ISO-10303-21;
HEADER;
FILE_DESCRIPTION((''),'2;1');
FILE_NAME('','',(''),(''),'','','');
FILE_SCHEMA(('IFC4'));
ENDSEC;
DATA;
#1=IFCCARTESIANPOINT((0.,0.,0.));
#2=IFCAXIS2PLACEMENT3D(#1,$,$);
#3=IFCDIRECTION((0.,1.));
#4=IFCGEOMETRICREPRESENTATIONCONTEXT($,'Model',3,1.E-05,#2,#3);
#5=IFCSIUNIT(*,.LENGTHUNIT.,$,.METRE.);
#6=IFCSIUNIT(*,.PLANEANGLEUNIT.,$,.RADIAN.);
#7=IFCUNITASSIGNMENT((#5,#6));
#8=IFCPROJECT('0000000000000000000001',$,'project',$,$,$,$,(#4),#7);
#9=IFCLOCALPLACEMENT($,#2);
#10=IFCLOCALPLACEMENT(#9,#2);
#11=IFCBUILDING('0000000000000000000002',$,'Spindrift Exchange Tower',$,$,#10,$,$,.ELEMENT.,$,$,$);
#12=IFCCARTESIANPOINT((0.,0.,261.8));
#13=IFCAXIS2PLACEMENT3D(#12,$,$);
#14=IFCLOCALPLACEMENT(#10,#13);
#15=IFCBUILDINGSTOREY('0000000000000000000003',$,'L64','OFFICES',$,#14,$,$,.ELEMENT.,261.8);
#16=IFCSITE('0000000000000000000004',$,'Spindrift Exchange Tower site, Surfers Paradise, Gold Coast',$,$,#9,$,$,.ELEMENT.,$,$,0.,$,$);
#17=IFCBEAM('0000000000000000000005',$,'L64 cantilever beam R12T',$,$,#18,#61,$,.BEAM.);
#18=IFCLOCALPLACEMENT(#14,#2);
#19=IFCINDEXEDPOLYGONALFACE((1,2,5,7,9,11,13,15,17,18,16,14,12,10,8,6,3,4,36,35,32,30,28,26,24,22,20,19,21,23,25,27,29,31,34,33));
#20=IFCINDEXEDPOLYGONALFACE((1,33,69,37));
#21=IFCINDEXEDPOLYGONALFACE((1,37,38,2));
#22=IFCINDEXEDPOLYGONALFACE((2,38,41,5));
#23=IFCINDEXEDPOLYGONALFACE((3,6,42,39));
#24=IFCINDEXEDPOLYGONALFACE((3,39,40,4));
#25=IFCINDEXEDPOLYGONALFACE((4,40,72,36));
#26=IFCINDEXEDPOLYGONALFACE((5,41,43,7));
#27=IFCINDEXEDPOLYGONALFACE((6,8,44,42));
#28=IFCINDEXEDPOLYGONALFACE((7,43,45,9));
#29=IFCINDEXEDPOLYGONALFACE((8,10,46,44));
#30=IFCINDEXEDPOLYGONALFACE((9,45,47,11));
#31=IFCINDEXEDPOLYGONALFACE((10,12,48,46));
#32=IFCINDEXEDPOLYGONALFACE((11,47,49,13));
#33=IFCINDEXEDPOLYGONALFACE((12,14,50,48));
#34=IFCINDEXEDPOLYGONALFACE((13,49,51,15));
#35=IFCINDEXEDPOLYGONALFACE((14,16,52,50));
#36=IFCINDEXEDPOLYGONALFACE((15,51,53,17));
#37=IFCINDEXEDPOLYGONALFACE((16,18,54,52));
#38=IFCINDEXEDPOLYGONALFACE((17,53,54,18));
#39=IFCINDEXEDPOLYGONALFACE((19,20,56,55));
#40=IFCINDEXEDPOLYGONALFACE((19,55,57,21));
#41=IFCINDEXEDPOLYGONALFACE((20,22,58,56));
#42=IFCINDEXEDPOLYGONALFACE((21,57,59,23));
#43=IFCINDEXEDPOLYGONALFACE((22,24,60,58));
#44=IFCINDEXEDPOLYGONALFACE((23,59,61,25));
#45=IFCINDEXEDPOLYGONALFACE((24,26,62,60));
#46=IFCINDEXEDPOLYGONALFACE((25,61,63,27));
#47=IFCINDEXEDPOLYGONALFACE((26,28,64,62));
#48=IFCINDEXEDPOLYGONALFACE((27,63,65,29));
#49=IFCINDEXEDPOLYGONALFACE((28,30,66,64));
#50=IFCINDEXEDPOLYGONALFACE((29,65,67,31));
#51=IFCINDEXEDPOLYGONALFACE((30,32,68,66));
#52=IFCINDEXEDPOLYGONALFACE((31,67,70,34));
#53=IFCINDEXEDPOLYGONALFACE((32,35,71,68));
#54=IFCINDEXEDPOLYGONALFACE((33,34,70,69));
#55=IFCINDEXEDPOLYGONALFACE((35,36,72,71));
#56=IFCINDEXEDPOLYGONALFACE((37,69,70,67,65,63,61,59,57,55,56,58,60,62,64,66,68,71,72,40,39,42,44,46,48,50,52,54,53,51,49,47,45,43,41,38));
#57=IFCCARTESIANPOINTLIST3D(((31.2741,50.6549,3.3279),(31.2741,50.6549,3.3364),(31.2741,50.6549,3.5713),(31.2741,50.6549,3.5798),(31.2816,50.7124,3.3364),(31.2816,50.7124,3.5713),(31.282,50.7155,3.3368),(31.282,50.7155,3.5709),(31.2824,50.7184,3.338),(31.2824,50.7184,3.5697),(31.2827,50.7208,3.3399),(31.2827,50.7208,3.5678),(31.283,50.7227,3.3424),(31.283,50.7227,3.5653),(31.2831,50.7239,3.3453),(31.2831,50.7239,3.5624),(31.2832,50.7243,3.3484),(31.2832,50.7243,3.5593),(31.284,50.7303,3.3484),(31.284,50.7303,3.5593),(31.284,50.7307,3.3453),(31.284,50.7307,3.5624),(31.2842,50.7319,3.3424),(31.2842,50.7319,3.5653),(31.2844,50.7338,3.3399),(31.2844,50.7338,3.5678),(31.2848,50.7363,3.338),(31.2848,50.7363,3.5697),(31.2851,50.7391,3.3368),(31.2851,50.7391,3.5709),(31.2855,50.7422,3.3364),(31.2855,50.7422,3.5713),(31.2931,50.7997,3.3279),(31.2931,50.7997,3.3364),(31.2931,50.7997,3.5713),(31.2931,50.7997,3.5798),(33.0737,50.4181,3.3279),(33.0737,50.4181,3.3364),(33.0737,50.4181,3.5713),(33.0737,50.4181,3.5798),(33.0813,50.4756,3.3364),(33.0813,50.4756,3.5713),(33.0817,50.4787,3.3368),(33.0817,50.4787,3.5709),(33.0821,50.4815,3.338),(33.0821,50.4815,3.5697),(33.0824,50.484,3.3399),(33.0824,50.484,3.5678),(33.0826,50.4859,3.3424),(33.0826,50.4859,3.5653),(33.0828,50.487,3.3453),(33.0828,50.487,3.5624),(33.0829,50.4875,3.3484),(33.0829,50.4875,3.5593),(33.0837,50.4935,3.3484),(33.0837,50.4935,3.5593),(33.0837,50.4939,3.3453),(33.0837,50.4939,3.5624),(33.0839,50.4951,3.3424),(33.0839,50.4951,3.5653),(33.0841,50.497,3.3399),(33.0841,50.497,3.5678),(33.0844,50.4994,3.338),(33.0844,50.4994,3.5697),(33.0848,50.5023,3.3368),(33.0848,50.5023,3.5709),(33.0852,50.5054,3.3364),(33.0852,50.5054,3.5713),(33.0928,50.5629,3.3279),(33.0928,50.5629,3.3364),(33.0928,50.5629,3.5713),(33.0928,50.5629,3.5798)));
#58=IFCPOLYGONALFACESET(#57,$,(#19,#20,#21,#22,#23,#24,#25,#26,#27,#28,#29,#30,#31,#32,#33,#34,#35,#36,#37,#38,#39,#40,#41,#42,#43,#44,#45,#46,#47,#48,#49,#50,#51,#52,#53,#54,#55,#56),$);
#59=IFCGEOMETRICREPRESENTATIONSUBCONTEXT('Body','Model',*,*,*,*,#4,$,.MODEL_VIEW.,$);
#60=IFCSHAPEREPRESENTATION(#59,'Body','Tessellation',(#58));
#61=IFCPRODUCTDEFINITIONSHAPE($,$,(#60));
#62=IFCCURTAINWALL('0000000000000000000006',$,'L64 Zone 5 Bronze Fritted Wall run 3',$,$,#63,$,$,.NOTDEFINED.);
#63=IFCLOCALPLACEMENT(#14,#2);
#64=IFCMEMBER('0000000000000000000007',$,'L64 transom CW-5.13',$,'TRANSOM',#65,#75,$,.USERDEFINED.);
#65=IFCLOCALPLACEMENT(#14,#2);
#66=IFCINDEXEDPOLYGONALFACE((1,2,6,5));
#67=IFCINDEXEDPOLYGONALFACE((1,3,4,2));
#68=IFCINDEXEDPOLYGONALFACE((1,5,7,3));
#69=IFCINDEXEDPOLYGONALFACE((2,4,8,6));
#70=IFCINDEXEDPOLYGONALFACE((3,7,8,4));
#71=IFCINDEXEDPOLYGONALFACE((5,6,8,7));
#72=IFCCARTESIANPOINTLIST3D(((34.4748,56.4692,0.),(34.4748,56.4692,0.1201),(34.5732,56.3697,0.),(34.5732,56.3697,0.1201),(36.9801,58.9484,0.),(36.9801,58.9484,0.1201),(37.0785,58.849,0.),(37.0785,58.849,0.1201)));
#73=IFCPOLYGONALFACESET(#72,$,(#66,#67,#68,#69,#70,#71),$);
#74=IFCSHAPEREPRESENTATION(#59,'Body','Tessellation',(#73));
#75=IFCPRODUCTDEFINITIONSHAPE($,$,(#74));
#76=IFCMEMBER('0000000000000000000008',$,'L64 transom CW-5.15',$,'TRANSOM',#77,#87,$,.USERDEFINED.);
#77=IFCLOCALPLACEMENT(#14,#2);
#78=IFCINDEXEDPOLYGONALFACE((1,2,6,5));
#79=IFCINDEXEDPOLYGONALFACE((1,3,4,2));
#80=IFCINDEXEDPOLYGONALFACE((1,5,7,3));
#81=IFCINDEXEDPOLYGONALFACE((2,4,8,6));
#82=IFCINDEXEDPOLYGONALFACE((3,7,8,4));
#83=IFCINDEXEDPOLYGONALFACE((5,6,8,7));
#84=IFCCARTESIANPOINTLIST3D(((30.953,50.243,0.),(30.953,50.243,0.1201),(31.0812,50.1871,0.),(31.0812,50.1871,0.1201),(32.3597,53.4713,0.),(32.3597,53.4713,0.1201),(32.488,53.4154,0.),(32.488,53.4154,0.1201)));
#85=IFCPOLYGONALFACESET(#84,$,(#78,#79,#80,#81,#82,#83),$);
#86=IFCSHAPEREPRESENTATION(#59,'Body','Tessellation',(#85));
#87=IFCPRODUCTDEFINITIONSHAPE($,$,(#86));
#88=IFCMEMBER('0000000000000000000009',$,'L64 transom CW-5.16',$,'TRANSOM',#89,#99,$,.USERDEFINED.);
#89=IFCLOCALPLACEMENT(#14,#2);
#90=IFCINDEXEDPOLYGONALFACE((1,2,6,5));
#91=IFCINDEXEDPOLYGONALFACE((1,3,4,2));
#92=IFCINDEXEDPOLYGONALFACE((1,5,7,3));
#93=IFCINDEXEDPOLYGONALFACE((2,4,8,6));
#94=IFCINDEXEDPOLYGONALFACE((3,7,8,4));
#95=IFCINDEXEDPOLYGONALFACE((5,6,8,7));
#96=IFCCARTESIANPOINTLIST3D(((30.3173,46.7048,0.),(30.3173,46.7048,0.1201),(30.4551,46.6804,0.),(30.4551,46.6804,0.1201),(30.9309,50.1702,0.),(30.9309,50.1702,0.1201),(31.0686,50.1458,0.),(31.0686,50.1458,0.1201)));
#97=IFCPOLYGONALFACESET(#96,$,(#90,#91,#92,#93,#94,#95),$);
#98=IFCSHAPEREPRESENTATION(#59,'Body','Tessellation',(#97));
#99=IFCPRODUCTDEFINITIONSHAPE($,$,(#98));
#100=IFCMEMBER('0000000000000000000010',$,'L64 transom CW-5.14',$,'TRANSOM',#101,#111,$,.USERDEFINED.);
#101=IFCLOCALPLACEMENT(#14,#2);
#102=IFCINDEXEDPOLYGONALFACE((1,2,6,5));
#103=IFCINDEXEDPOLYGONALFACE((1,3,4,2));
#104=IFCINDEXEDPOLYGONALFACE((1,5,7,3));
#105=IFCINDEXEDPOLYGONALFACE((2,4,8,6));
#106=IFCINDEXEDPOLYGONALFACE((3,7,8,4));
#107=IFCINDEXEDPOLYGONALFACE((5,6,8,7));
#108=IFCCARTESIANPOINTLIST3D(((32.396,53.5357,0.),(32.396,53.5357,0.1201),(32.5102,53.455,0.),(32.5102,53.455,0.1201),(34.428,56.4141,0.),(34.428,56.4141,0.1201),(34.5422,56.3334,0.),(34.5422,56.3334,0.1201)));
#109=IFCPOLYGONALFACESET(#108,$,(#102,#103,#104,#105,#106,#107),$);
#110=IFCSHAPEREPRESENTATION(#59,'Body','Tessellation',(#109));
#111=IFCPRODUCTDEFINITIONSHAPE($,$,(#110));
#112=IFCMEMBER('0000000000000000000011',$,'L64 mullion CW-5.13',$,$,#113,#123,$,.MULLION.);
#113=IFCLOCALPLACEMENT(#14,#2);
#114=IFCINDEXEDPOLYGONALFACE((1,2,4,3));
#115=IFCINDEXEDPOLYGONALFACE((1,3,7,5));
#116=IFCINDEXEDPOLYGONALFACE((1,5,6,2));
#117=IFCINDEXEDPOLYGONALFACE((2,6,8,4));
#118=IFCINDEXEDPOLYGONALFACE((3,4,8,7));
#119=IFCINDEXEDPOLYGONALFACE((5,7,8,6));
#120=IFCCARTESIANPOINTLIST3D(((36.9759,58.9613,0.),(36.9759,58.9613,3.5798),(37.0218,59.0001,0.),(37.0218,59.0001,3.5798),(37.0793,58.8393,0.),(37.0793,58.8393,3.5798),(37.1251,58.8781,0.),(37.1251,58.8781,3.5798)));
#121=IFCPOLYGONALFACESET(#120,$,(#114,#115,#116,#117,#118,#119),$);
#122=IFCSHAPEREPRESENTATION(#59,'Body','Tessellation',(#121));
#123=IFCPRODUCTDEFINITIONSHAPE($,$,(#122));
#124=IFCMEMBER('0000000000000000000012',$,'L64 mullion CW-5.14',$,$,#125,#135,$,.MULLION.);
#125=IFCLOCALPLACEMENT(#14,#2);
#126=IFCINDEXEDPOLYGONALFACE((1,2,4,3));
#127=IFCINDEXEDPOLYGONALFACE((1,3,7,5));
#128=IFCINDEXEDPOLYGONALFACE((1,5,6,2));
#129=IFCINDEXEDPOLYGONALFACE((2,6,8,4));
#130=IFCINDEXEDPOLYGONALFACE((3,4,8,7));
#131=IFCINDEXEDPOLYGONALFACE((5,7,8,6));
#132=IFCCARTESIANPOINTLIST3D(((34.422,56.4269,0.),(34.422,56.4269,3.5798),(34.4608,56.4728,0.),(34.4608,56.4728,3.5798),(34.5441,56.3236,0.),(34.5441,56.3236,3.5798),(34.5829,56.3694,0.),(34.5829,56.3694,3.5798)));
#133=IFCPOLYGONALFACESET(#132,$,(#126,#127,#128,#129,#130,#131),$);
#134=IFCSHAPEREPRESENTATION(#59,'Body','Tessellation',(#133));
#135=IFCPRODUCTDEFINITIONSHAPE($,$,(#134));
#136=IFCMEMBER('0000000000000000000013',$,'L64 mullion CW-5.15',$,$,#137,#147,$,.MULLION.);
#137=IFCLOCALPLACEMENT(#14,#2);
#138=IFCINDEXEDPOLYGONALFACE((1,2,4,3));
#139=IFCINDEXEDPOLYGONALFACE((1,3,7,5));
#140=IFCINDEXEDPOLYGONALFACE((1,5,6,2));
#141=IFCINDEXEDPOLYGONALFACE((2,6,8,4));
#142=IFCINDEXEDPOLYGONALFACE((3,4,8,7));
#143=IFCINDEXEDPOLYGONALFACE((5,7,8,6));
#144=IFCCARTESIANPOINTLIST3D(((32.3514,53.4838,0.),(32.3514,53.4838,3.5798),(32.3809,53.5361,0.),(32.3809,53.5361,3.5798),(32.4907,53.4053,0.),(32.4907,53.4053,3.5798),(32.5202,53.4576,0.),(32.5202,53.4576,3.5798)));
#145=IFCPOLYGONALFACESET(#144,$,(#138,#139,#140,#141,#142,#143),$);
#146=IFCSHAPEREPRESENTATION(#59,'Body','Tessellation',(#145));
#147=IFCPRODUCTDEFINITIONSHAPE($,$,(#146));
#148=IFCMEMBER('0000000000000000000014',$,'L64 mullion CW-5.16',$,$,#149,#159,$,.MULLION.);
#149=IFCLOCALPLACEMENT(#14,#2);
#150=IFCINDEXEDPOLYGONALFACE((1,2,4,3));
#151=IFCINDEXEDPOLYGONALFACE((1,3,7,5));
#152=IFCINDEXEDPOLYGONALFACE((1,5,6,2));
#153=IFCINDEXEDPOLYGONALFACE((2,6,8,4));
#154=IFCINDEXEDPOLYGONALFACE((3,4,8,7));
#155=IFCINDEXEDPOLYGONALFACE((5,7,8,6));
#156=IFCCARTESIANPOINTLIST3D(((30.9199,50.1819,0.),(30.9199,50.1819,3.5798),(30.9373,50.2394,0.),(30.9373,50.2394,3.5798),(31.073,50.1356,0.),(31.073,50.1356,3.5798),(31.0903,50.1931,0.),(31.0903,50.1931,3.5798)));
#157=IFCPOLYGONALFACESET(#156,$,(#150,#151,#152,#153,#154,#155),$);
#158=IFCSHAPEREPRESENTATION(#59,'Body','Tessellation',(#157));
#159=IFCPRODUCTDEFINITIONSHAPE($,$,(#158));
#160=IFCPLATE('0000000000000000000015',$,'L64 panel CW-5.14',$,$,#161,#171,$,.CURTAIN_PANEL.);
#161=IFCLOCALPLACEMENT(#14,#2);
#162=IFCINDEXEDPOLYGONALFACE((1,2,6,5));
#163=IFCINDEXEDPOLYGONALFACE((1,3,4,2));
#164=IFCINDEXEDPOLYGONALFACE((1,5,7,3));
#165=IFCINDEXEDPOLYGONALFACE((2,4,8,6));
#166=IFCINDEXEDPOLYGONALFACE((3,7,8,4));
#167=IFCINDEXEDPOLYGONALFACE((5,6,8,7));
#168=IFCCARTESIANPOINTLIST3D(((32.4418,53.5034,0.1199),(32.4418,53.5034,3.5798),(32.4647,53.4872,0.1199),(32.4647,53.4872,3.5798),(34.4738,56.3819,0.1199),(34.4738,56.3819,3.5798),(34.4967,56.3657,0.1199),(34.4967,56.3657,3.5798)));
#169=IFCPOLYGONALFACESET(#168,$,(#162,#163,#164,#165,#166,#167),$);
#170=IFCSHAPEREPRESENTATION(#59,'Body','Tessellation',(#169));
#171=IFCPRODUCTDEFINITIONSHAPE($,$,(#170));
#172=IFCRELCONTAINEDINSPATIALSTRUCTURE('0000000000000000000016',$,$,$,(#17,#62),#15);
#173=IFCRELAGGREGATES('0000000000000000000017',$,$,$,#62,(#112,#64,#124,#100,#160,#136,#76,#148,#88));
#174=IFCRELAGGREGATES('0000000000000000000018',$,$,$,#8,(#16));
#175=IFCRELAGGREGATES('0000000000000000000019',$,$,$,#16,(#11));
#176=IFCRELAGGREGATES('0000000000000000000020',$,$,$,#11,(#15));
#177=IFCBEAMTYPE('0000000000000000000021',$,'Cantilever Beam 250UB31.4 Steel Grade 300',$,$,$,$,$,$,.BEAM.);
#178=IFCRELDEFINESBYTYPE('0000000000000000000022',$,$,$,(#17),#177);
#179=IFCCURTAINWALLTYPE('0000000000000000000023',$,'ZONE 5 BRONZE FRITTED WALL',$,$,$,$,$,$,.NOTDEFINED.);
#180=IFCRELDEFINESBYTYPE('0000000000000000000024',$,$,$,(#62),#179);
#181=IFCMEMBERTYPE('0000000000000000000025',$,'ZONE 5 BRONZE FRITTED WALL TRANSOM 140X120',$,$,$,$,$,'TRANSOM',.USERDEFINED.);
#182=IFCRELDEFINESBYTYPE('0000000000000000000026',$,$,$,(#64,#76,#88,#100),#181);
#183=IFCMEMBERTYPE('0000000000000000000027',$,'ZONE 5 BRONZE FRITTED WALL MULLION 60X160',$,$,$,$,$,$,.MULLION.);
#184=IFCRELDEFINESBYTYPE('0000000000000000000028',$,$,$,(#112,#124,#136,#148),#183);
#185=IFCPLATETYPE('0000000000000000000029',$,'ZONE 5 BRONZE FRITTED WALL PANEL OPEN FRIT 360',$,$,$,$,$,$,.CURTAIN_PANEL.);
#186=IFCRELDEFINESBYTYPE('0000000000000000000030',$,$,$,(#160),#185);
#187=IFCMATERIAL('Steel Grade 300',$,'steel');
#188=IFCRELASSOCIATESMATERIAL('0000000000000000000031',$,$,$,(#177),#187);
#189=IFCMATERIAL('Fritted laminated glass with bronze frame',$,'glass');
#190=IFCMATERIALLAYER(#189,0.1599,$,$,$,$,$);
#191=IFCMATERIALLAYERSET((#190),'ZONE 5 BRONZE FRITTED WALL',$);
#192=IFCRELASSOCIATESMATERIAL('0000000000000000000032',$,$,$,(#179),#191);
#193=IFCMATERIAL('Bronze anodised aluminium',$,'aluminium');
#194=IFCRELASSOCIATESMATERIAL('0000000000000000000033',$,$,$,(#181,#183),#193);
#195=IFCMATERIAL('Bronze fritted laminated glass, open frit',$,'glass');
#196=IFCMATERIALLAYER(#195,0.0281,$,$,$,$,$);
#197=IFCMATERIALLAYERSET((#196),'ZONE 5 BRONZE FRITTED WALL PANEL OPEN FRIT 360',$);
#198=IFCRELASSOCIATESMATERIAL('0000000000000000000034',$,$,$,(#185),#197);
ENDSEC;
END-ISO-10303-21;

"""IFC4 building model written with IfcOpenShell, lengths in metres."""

from ifc_helpers import new_model, si_unit, direction, frame, origin, origin_2d, place, context, subcontext, project, spatial, rectangle, i_section, extrude, source, transform, mapped, material, layer, layer_set, material_profile, profile_set, type_object, element, aggregate, save


model = new_model("IFC4")

# Units and contexts
model_context = context("Model", 3, precision=1e-05, world=origin(), true_north=direction((0.0, 1.0)))
body_context = subcontext(model_context, "Body", "Model", "MODEL_VIEW")
ifc_project = project(units=[si_unit("LENGTHUNIT", "METRE"), si_unit("PLANEANGLEUNIT", "RADIAN")], contexts=[model_context])

# Site, building, storey
site_placement = place(None, origin())
site = spatial("IfcSite", under=ifc_project, at=site_placement, Name="Spindrift Exchange Tower site, Surfers Paradise, Gold Coast", CompositionType="ELEMENT", RefElevation=0.0)
building_placement = place(site_placement, origin())
building = spatial("IfcBuilding", under=site, at=building_placement, Name="Spindrift Exchange Tower", CompositionType="ELEMENT")
storey_placement = place(building_placement, frame((0.0, 0.0, 261.8)))
storey = spatial("IfcBuildingStorey", under=building, at=storey_placement, Name="L64", Description="OFFICES", CompositionType="ELEMENT", Elevation=261.8)

# Beam
ifc_material_1 = material(Name="Steel Grade 300", Category="steel")
ifc_material_profile_1 = material_profile(ifc_material_1, i_section(OverallWidth=0.146, OverallDepth=0.252, WebThickness=0.0061, FlangeThickness=0.0085, FilletRadius=0.012, at=origin_2d()), Name="250UB31.4")
ifc_profile_set_1 = profile_set([ifc_material_profile_1], Name="Steel Grade 300")
beam_type_1 = type_object("IfcBeamType", Name="Cantilever Beam 250UB31.4 Steel Grade 300", PredefinedType="BEAM", material=ifc_profile_set_1)
shared_shape_1 = source(origin(), body_context, "Body", "SweptSolid", [
    extrude(i_section(OverallWidth=0.146, OverallDepth=0.252, WebThickness=0.0061, FlangeThickness=0.0085, FilletRadius=0.012, at=origin_2d()), origin(), (0.0, 0.0, 1.0), 1.8152),
])
beam_1_placement = place(storey_placement, frame((33.0833, 50.4905, 3.4539), z_axis=(-0.991452, 0.130472, 0.0), x_axis=(-0.130472, -0.991452, 0.0)))
element("IfcBeam", 1, at=beam_1_placement, inside=storey, type_object=beam_type_1, Name="L64 cantilever beam R12T", PredefinedType="BEAM", context=body_context, shape_type="MappedRepresentation", body=[
    mapped(shared_shape_1, transform((0.0, 0.0, 0.0), scale=1.0)),
])

# Curtain wall, members, plate
ifc_material_2 = material(Name="Fritted laminated glass with bronze frame", Category="glass")
ifc_layer_1 = layer(ifc_material_2, 0.1599)
ifc_layer_set_1 = layer_set([ifc_layer_1], Name="ZONE 5 BRONZE FRITTED WALL")
curtain_wall_type = type_object("IfcCurtainWallType", Name="ZONE 5 BRONZE FRITTED WALL", PredefinedType="NOTDEFINED", material=ifc_layer_set_1)
curtain_wall_placement = place(storey_placement, origin())
curtain_wall = element("IfcCurtainWall", 2, at=curtain_wall_placement, inside=storey, type_object=curtain_wall_type, Name="L64 Zone 5 Bronze Fritted Wall run 3", PredefinedType="NOTDEFINED")
ifc_material_3 = material(Name="Bronze anodised aluminium", Category="aluminium")
ifc_material_profile_2 = material_profile(ifc_material_3, rectangle(XDim=0.1399, YDim=0.1201, at=origin_2d()), Name="ZONE 5 BRONZE FRITTED WALL TRANSOM 140X120")
ifc_profile_set_2 = profile_set([ifc_material_profile_2], Name="Bronze anodised aluminium")
member_type_1 = type_object("IfcMemberType", Name="ZONE 5 BRONZE FRITTED WALL TRANSOM 140X120", ElementType="TRANSOM", PredefinedType="USERDEFINED", material=ifc_profile_set_2)
shared_shape_2 = source(origin(), body_context, "Body", "SweptSolid", [
    extrude(rectangle(XDim=0.1399, YDim=0.1201, at=origin_2d()), origin(), (0.0, 0.0, 1.0), 3.5247),
])
member_1_placement = place(storey_placement, frame((37.0293, 58.8987, 0.0601), z_axis=(-0.710803, -0.703391, 0.0), x_axis=(0.703391, -0.710803, 0.0)))
member_1 = element("IfcMember", 3, at=member_1_placement, type_object=member_type_1, Name="L64 transom CW-5.13", ObjectType="TRANSOM", PredefinedType="USERDEFINED", context=body_context, shape_type="MappedRepresentation", body=[
    mapped(shared_shape_2, transform((0.0, 0.0, 0.0), scale=1.0)),
])
shared_shape_3 = source(origin(), body_context, "Body", "SweptSolid", [
    extrude(rectangle(XDim=0.1399, YDim=0.1201, at=origin_2d()), origin(), (0.0, 0.0, 1.0), 3.5215),
])
member_2_placement = place(storey_placement, frame((32.4238, 53.4434, 0.0601), z_axis=(-0.399476, -0.916743, 0.0), x_axis=(0.916743, -0.399476, 0.0)))
member_2 = element("IfcMember", 4, at=member_2_placement, type_object=member_type_1, Name="L64 transom CW-5.15", ObjectType="TRANSOM", PredefinedType="USERDEFINED", context=body_context, shape_type="MappedRepresentation", body=[
    mapped(shared_shape_3, transform((0.0, 0.0, 0.0), scale=1.0)),
])
shared_shape_4 = source(origin(), body_context, "Body", "SweptSolid", [
    extrude(rectangle(XDim=0.1399, YDim=0.1201, at=origin_2d()), origin(), (0.0, 0.0, 1.0), 3.5193),
])
member_3_placement = place(storey_placement, frame((30.9998, 50.158, 0.0601), z_axis=(-0.174335, -0.984686, 0.0), x_axis=(0.984686, -0.174335, 0.0)))
member_3 = element("IfcMember", 5, at=member_3_placement, type_object=member_type_1, Name="L64 transom CW-5.16", ObjectType="TRANSOM", PredefinedType="USERDEFINED", context=body_context, shape_type="MappedRepresentation", body=[
    mapped(shared_shape_4, transform((0.0, 0.0, 0.0), scale=1.0)),
])
shared_shape_5 = source(origin(), body_context, "Body", "SweptSolid", [
    extrude(rectangle(XDim=0.1399, YDim=0.1201, at=origin_2d()), origin(), (0.0, 0.0, 1.0), 3.5234),
])
member_4_placement = place(storey_placement, frame((34.4851, 56.3738, 0.0601), z_axis=(-0.576713, -0.816947, 0.0), x_axis=(0.816947, -0.576713, 0.0)))
member_4 = element("IfcMember", 6, at=member_4_placement, type_object=member_type_1, Name="L64 transom CW-5.14", ObjectType="TRANSOM", PredefinedType="USERDEFINED", context=body_context, shape_type="MappedRepresentation", body=[
    mapped(shared_shape_5, transform((0.0, 0.0, 0.0), scale=1.0)),
])
ifc_material_profile_3 = material_profile(ifc_material_3, rectangle(XDim=0.0601, YDim=0.1599, at=origin_2d()), Name="ZONE 5 BRONZE FRITTED WALL MULLION 60X160")
ifc_profile_set_3 = profile_set([ifc_material_profile_3], Name="Bronze anodised aluminium")
member_type_2 = type_object("IfcMemberType", Name="ZONE 5 BRONZE FRITTED WALL MULLION 60X160", PredefinedType="MULLION", material=ifc_profile_set_3)
shared_shape_6 = source(origin(), body_context, "Body", "SweptSolid", [
    extrude(rectangle(XDim=0.0601, YDim=0.1599, at=origin_2d()), origin(), (0.0, 0.0, 1.0), 3.5798),
])
member_5_placement = place(storey_placement, frame((37.0505, 58.9197, 0.0), z_axis=(0.0, 0.0, 1.0), x_axis=(-0.76312, -0.646257, 0.0)))
member_5 = element("IfcMember", 7, at=member_5_placement, type_object=member_type_2, Name="L64 mullion CW-5.13", PredefinedType="MULLION", context=body_context, shape_type="MappedRepresentation", body=[
    mapped(shared_shape_6, transform((0.0, 0.0, 0.0), scale=1.0)),
])
member_6_placement = place(storey_placement, frame((34.5024, 56.3982, 0.0), z_axis=(0.0, 0.0, 1.0), x_axis=(-0.646257, -0.76312, 0.0)))
member_6 = element("IfcMember", 8, at=member_6_placement, type_object=member_type_2, Name="L64 mullion CW-5.14", PredefinedType="MULLION", context=body_context, shape_type="MappedRepresentation", body=[
    mapped(shared_shape_6, transform((0.0, 0.0, 0.0), scale=1.0)),
])
member_7_placement = place(storey_placement, frame((32.4358, 53.4707, 0.0), z_axis=(0.0, 0.0, 1.0), x_axis=(-0.490645, -0.87136, 0.0)))
member_7 = element("IfcMember", 9, at=member_7_placement, type_object=member_type_2, Name="L64 mullion CW-5.15", PredefinedType="MULLION", context=body_context, shape_type="MappedRepresentation", body=[
    mapped(shared_shape_6, transform((0.0, 0.0, 0.0), scale=1.0)),
])
member_8_placement = place(storey_placement, frame((31.0051, 50.1875, 0.0), z_axis=(0.0, 0.0, 1.0), x_axis=(-0.288946, -0.957345, 0.0)))
member_8 = element("IfcMember", 10, at=member_8_placement, type_object=member_type_2, Name="L64 mullion CW-5.16", PredefinedType="MULLION", context=body_context, shape_type="MappedRepresentation", body=[
    mapped(shared_shape_6, transform((0.0, 0.0, 0.0), scale=1.0)),
])
ifc_material_4 = material(Name="Bronze fritted laminated glass, open frit", Category="glass")
ifc_layer_2 = layer(ifc_material_4, 0.0281)
ifc_layer_set_2 = layer_set([ifc_layer_2], Name="ZONE 5 BRONZE FRITTED WALL PANEL OPEN FRIT 360")
plate_type_1 = type_object("IfcPlateType", Name="ZONE 5 BRONZE FRITTED WALL PANEL OPEN FRIT 360", PredefinedType="CURTAIN_PANEL", material=ifc_layer_set_2)
shared_shape_7 = source(origin(), body_context, "Body", "SweptSolid", [
    extrude(rectangle(XDim=3.5234, YDim=0.0281, at=origin_2d()), origin(), (0.0, 0.0, 1.0), 3.46),
])
plate_1_placement = place(storey_placement, frame((33.4692, 54.9346, 0.1199), z_axis=(0.0, 0.0, 1.0), x_axis=(-0.576708, -0.816951, 0.0)))
plate_1 = element("IfcPlate", 11, at=plate_1_placement, type_object=plate_type_1, Name="L64 panel CW-5.14", PredefinedType="CURTAIN_PANEL", context=body_context, shape_type="MappedRepresentation", body=[
    mapped(shared_shape_7, transform((0.0, 0.0, 0.0), scale=1.0)),
])
aggregate(curtain_wall, [member_5, member_1, member_6, member_4, plate_1, member_7, member_2, member_8, member_3])

save(model, "model.ifc")
